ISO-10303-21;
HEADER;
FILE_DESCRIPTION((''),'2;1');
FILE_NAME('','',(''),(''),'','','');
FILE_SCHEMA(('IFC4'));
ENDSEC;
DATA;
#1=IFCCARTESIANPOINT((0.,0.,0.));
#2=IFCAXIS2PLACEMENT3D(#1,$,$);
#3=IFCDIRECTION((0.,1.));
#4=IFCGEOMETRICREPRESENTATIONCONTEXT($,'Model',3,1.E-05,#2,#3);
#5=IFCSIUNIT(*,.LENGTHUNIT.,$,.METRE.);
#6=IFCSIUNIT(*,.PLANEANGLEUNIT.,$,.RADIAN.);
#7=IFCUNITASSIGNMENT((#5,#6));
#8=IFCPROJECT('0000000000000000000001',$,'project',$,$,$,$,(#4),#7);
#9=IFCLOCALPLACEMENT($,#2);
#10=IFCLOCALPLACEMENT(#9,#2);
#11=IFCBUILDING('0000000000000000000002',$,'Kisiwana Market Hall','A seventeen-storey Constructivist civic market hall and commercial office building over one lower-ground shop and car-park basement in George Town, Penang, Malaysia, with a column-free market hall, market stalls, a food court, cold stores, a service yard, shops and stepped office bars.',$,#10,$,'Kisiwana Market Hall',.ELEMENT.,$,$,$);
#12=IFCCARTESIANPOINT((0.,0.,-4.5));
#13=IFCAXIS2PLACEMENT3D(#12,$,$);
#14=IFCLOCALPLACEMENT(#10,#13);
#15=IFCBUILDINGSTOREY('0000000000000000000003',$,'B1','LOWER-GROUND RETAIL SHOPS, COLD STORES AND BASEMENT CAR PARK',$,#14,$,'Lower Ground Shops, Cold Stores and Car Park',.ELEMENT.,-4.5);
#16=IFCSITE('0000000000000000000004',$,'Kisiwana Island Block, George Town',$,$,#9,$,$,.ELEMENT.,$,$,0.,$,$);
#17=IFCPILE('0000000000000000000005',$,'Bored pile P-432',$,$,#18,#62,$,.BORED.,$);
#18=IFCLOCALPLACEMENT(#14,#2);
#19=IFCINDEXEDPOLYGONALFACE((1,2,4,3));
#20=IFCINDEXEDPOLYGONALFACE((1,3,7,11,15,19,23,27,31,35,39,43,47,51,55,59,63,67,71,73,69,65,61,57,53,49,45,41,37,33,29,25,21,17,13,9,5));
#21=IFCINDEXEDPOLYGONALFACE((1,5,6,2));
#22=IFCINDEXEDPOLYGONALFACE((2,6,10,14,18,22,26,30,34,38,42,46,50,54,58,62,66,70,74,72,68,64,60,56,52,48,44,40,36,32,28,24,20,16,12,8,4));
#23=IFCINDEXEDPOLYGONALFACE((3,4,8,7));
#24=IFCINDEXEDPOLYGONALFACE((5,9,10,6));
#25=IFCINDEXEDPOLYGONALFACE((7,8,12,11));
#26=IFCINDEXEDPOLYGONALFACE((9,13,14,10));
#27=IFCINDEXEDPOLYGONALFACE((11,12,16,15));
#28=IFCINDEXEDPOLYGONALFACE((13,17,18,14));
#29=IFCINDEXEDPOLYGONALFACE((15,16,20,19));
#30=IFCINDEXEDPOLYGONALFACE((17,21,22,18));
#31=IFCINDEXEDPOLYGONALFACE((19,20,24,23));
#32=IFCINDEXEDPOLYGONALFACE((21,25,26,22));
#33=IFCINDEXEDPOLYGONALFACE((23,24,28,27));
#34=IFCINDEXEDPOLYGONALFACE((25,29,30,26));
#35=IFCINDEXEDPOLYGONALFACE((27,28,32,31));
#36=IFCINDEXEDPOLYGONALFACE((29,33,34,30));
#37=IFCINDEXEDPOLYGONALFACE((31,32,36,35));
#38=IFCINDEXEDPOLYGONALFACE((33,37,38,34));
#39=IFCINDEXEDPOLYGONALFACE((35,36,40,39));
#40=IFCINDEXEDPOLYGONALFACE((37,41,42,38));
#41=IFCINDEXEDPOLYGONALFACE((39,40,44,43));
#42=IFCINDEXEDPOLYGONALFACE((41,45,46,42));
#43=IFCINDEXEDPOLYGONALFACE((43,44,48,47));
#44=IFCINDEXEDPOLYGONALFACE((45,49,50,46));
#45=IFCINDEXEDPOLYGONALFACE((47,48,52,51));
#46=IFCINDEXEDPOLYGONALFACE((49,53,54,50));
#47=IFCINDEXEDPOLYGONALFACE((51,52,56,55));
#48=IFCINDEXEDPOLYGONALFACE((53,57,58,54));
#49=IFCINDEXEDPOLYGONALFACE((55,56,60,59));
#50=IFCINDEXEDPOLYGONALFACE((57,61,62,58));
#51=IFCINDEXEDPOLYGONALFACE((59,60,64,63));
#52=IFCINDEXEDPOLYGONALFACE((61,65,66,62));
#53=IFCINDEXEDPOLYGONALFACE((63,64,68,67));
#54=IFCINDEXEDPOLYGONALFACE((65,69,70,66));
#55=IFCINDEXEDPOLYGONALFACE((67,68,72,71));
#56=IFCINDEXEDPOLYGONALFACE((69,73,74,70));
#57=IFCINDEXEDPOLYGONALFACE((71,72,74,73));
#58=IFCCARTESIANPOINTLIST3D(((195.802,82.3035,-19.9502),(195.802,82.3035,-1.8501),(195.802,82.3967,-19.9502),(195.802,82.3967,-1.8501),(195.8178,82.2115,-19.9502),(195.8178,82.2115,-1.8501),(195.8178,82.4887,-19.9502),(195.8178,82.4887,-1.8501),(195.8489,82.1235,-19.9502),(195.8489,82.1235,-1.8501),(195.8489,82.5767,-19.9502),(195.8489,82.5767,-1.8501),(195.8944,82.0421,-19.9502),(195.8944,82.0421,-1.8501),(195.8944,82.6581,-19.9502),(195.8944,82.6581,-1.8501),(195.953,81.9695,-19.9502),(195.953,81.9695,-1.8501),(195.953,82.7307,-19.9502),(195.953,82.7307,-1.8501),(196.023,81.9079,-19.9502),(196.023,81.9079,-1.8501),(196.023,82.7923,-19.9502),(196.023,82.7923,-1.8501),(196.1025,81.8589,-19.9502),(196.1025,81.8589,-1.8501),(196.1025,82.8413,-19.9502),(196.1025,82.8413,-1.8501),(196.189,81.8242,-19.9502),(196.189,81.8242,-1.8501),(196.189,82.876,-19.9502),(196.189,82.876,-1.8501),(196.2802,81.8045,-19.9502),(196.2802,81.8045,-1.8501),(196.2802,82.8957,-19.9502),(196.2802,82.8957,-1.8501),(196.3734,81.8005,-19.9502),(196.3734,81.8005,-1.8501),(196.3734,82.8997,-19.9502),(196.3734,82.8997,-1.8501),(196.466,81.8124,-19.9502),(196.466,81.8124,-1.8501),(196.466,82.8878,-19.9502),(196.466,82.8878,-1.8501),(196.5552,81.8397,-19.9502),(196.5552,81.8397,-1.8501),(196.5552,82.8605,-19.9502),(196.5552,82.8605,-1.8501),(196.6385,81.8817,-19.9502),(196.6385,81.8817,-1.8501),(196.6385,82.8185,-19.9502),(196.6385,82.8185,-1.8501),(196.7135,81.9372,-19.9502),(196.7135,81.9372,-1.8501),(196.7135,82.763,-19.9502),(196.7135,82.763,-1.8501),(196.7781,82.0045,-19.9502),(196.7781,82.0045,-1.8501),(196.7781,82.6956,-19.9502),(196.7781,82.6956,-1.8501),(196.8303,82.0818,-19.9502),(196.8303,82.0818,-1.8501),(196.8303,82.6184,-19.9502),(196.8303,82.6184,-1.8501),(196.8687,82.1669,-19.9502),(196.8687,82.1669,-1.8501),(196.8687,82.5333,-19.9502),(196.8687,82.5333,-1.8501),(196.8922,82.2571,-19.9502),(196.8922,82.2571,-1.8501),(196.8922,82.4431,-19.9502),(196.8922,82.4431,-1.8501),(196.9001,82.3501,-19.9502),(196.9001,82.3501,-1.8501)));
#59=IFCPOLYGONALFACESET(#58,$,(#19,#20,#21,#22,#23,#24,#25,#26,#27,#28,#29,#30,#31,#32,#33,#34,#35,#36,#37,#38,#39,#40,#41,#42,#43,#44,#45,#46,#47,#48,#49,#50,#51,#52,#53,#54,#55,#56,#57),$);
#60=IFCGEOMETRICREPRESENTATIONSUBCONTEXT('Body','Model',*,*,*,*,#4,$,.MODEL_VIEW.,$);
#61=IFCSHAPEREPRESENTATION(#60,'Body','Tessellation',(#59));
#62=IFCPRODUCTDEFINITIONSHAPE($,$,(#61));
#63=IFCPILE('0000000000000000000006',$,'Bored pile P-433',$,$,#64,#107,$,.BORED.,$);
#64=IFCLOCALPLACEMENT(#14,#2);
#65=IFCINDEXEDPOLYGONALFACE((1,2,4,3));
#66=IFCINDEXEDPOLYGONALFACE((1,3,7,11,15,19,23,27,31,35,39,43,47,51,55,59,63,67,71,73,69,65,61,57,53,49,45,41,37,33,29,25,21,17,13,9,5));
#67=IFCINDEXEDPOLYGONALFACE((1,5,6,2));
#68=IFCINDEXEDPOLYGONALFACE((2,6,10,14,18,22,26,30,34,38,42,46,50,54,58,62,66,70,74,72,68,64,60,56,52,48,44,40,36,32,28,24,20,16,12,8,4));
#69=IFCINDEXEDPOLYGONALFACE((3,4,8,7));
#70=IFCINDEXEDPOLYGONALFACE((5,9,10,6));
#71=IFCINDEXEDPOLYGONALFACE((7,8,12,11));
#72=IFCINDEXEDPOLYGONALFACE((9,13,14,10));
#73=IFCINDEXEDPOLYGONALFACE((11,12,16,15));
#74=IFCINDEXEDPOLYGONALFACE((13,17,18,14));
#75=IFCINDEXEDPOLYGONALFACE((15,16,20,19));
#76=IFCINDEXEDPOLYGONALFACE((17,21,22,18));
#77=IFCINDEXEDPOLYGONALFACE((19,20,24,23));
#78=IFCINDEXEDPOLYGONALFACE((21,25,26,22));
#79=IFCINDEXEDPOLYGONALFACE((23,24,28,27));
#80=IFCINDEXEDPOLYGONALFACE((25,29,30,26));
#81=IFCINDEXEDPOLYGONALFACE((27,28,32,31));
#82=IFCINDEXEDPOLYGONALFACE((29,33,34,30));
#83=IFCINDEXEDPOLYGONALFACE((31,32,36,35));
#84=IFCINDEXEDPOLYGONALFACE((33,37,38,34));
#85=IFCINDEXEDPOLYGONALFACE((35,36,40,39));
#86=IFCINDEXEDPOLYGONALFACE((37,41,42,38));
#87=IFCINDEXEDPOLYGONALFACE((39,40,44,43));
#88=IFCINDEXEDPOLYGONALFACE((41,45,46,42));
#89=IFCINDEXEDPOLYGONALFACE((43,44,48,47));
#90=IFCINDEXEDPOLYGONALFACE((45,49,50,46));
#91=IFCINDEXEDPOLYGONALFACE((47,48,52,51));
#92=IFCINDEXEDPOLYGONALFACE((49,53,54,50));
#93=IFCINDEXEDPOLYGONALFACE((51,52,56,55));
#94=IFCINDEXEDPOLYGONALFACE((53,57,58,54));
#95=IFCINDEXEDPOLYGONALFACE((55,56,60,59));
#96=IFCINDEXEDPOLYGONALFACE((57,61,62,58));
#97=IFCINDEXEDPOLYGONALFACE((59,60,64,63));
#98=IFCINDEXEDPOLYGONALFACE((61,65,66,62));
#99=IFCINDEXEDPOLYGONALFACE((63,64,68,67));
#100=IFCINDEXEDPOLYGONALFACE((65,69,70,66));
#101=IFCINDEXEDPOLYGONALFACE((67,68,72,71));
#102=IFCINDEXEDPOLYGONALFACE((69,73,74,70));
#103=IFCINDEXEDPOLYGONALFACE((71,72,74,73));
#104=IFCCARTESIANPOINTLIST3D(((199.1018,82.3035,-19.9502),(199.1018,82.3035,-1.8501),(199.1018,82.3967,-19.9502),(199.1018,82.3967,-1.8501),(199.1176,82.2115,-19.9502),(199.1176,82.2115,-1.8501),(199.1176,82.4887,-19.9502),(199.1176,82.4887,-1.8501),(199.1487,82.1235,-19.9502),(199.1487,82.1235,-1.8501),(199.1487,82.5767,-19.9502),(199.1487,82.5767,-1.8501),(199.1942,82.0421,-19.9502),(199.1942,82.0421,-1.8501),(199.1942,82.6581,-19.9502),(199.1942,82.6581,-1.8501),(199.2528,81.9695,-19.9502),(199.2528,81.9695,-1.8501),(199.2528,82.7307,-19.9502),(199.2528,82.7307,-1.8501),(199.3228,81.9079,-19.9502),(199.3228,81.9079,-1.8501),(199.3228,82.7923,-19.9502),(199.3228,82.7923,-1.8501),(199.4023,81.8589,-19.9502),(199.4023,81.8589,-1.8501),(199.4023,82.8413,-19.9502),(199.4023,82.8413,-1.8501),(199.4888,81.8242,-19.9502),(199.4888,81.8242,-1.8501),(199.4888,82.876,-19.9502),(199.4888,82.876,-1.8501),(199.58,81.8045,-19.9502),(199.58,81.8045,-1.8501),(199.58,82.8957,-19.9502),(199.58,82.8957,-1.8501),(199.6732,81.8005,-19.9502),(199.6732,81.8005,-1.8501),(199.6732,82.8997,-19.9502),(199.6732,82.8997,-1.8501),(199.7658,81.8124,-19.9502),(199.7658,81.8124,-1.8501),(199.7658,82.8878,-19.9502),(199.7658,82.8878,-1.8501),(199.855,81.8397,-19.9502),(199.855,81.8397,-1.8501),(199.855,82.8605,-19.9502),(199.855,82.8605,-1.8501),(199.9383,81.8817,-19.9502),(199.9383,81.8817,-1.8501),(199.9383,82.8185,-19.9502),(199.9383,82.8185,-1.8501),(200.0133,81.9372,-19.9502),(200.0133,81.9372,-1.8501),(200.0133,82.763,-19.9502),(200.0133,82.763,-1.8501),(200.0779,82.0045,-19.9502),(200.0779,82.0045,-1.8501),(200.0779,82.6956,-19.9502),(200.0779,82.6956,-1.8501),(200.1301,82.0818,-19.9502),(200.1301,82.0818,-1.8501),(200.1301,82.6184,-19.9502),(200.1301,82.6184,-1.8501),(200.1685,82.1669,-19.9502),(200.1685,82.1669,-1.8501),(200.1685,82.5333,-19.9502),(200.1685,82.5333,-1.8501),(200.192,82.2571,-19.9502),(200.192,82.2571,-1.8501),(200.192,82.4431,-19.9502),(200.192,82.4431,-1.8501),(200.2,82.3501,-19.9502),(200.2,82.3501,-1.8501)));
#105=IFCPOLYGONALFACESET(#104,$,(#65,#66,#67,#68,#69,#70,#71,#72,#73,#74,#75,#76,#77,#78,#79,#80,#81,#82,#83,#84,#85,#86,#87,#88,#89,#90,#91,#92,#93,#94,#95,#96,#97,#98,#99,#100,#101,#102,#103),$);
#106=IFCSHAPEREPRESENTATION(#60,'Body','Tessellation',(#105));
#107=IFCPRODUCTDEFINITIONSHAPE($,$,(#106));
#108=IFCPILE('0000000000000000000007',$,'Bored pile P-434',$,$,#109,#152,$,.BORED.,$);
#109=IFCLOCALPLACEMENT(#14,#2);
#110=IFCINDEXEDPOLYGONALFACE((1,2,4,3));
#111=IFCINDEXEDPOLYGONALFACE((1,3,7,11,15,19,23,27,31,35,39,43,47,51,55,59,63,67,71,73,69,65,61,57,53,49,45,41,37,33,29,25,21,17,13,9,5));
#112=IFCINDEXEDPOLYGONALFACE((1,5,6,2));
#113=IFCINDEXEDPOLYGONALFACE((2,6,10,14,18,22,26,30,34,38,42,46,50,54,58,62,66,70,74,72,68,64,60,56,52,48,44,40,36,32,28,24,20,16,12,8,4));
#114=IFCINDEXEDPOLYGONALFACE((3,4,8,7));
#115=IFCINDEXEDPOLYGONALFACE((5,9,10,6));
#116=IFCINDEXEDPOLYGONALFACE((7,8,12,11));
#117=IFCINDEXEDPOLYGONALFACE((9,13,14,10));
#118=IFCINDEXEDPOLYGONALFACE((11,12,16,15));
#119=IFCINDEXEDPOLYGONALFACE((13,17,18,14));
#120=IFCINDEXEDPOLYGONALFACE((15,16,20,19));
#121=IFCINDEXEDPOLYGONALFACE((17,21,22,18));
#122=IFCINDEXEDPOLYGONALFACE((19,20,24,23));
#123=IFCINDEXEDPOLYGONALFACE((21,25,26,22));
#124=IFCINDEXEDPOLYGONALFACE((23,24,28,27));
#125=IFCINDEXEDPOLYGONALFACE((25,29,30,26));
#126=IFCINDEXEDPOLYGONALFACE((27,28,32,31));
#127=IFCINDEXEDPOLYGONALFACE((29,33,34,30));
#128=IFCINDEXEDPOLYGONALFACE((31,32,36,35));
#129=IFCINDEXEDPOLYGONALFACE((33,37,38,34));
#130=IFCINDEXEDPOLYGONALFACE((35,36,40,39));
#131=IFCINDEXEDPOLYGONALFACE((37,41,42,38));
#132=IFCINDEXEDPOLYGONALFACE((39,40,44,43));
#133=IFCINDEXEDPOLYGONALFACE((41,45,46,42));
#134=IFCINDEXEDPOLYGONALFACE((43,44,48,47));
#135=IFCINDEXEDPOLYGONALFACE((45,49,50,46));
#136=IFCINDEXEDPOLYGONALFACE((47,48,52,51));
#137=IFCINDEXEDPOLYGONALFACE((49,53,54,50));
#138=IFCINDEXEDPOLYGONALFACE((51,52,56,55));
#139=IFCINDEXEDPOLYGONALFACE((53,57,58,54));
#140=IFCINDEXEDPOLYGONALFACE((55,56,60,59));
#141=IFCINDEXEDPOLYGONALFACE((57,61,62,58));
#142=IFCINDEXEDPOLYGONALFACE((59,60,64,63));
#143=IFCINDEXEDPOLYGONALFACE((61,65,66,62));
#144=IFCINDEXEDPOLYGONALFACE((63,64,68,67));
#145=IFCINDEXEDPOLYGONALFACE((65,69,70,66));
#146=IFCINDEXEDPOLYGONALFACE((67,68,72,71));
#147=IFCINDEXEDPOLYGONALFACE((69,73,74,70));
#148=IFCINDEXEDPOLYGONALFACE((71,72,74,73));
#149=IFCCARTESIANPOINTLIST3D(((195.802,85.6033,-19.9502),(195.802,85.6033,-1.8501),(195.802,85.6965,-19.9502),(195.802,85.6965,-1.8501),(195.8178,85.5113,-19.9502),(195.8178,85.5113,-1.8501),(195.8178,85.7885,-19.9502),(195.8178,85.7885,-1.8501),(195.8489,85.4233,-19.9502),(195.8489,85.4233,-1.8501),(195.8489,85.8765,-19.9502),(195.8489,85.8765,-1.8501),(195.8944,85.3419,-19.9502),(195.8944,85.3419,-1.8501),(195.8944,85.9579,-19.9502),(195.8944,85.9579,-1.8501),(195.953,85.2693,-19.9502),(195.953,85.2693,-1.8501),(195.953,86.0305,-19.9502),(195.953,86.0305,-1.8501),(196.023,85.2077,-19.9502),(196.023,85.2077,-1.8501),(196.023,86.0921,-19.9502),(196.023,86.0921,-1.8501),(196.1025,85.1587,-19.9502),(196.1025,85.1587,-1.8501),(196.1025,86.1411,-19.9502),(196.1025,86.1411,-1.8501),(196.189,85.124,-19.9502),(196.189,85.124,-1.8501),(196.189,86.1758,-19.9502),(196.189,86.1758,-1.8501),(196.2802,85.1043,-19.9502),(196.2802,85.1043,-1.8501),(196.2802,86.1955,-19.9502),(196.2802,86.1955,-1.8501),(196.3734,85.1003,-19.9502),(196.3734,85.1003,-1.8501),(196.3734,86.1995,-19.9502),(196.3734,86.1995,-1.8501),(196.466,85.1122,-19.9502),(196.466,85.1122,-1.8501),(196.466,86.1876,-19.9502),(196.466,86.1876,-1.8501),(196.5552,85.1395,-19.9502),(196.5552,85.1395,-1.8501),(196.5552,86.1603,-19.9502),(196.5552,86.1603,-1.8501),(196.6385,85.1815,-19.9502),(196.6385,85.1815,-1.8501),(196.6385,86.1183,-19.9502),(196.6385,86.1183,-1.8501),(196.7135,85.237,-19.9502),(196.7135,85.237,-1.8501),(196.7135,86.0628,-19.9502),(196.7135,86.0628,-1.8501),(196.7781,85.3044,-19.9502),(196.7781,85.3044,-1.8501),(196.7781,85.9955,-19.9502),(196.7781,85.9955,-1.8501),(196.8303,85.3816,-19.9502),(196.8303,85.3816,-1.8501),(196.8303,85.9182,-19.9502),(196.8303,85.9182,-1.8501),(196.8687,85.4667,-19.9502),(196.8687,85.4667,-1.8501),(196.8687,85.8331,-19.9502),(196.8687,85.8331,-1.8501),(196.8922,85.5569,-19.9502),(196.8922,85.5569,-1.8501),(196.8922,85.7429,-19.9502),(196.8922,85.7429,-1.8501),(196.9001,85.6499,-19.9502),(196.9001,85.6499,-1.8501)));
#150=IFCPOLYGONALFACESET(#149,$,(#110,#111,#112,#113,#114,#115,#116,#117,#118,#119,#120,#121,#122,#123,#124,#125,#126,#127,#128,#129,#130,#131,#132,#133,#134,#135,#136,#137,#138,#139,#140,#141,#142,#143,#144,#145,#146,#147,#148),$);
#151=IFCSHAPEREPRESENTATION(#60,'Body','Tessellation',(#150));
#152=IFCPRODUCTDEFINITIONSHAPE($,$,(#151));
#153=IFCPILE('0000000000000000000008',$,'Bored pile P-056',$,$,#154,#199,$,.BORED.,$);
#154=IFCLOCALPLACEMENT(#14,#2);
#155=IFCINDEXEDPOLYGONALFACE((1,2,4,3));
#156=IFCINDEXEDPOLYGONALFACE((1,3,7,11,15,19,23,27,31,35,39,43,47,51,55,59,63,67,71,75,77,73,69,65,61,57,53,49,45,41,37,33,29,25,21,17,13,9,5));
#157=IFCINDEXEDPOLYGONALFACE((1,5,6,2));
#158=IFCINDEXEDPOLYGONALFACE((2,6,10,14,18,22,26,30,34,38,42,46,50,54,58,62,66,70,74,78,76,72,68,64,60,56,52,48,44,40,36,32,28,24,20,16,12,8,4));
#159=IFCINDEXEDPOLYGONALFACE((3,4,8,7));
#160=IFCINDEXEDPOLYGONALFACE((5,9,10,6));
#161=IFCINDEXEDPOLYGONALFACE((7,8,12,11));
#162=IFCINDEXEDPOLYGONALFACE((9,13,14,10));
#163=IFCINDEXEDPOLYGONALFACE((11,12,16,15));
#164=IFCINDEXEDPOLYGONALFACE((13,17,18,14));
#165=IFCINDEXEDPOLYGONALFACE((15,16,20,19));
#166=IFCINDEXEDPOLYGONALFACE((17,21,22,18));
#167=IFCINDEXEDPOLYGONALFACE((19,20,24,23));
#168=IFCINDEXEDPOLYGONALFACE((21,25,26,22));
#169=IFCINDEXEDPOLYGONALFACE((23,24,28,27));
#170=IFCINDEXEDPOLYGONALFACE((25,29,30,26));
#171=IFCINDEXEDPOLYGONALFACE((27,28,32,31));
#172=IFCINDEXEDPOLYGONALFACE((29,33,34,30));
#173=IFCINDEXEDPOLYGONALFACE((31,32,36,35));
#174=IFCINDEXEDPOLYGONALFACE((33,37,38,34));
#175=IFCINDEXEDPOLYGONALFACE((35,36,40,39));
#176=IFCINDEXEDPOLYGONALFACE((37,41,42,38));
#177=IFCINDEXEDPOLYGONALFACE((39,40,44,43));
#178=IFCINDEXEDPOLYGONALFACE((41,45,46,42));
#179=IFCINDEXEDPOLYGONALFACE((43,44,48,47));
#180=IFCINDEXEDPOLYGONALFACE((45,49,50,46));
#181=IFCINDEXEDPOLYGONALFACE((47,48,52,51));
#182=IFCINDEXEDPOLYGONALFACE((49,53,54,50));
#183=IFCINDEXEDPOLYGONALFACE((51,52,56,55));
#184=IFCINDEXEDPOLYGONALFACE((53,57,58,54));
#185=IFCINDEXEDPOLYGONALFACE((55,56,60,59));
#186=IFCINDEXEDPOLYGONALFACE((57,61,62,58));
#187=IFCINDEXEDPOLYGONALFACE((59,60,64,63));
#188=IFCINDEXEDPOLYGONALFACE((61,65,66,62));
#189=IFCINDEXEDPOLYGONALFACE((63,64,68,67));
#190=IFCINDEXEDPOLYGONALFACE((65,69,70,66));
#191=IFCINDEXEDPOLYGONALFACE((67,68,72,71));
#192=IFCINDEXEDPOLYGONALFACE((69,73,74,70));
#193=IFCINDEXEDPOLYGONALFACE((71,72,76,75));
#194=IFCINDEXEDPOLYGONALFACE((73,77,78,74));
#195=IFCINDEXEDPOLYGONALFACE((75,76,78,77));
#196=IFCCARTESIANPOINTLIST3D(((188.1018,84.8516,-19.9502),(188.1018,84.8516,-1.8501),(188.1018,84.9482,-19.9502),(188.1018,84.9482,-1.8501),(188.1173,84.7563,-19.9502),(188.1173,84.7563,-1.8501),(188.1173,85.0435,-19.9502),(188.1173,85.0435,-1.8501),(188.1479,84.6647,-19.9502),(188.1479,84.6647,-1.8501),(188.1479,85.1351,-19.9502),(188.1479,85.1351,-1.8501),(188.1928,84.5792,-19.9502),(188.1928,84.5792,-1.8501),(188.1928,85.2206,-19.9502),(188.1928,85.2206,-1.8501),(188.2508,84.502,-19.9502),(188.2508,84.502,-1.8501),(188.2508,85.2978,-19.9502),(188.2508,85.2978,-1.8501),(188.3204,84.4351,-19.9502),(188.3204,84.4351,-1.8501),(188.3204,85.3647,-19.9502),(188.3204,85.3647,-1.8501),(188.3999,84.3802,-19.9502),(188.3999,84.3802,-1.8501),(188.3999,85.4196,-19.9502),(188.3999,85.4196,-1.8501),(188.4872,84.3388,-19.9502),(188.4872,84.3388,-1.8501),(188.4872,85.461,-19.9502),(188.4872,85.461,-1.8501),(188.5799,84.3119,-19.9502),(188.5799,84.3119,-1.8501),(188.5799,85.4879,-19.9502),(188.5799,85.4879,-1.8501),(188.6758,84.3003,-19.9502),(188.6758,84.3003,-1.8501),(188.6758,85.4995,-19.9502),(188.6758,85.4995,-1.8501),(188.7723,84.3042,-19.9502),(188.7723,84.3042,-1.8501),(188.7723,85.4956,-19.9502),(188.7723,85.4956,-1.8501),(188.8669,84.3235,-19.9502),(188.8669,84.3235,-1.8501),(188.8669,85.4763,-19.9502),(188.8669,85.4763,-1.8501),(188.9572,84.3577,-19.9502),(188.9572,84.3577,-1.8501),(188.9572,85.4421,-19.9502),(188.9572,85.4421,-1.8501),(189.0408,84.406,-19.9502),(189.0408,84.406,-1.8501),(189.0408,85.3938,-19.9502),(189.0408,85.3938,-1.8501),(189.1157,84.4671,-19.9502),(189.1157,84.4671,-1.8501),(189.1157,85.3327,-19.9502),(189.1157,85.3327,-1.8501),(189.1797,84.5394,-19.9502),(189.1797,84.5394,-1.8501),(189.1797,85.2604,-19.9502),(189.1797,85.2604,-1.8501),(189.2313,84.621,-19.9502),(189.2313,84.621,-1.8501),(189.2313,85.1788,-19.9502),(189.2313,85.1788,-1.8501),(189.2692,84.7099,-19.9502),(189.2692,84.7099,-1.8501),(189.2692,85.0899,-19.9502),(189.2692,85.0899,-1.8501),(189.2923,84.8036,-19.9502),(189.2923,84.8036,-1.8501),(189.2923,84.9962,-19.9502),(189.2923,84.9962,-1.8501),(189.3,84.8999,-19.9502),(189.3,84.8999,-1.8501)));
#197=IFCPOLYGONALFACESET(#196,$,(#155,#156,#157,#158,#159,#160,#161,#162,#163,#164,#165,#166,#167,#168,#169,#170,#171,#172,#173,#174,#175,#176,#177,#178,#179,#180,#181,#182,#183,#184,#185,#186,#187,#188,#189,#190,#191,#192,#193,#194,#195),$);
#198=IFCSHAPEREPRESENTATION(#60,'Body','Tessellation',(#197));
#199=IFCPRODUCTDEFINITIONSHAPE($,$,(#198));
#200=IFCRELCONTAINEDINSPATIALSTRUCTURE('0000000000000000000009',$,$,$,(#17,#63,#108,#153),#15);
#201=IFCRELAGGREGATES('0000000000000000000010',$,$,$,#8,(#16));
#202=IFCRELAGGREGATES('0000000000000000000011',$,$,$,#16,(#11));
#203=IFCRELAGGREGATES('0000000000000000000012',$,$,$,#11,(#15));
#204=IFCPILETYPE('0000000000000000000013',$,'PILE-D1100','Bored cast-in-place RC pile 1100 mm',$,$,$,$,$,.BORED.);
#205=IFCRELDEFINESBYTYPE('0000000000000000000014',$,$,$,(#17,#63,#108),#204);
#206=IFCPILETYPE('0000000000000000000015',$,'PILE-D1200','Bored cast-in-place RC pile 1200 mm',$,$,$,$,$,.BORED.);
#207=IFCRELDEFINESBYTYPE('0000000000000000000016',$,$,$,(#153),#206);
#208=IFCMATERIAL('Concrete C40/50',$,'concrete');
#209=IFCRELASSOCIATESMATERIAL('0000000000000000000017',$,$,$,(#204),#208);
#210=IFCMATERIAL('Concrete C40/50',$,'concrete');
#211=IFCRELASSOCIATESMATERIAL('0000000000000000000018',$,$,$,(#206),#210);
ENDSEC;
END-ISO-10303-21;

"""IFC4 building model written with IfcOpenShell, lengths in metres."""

from ifc_helpers import new_model, si_unit, direction, frame, origin, origin_2d, place, context, subcontext, project, spatial, circle, extrude, material, material_profile, profile_set, type_object, element, save


model = new_model("IFC4")

# Units and contexts
model_context = context("Model", 3, precision=1e-05, world=origin(), true_north=direction((0.0, 1.0)))
body_context = subcontext(model_context, "Body", "Model", "MODEL_VIEW")
ifc_project = project(units=[si_unit("LENGTHUNIT", "METRE"), si_unit("PLANEANGLEUNIT", "RADIAN")], contexts=[model_context])

# Site, building, storey
site_placement = place(None, origin())
site = spatial("IfcSite", under=ifc_project, at=site_placement, Name="Kisiwana Island Block, George Town", CompositionType="ELEMENT", RefElevation=0.0)
building_placement = place(site_placement, origin())
building = spatial("IfcBuilding", under=site, at=building_placement, Name="Kisiwana Market Hall", Description="A seventeen-storey Constructivist civic market hall and commercial office building over one lower-ground shop and car-park basement in George Town, Penang, Malaysia, with a column-free market hall, market stalls, a food court, cold stores, a service yard, shops and stepped office bars.", LongName="Kisiwana Market Hall", CompositionType="ELEMENT")
storey_placement = place(building_placement, frame((0.0, 0.0, -4.5)))
storey = spatial("IfcBuildingStorey", under=building, at=storey_placement, Name="B1", Description="LOWER-GROUND RETAIL SHOPS, COLD STORES AND BASEMENT CAR PARK", LongName="Lower Ground Shops, Cold Stores and Car Park", CompositionType="ELEMENT", Elevation=-4.5)

# Piles
ifc_material_1 = material(Name="Concrete C40/50", Category="concrete")
ifc_material_profile_1 = material_profile(ifc_material_1, circle(Radius=0.55, at=origin_2d()), Name="BP D1100")
ifc_profile_set_1 = profile_set([ifc_material_profile_1], Name="Concrete C40/50")
pile_type_1 = type_object("IfcPileType", Name="PILE-D1100", Description="Bored cast-in-place RC pile 1100 mm", PredefinedType="BORED", material=ifc_profile_set_1)
for number, where, z_axis, x_axis, name in (
    (1, (196.3501, 82.3501, -1.8501), (0.0, 0.0, -1.0), (1.0, 0.0, 0.0), "Bored pile P-432"),
    (2, (199.6499, 82.3501, -1.8501), (0.0, 0.0, -1.0), (1.0, 0.0, 0.0), "Bored pile P-433"),
    (3, (196.3501, 85.6499, -1.8501), (0.0, 0.0, -1.0), (1.0, 0.0, 0.0), "Bored pile P-434"),
):
    element("IfcPile", number, at=place(storey_placement, frame(where, z_axis=z_axis, x_axis=x_axis)), inside=storey, type_object=pile_type_1, Name=name, PredefinedType="BORED", context=body_context, shape_type="SweptSolid", body=[
        extrude(circle(Radius=0.55, at=origin_2d()), origin(), (0.0, 0.0, 1.0), 18.1001),
    ])
ifc_material_2 = material(Name="Concrete C40/50", Category="concrete")
ifc_material_profile_2 = material_profile(ifc_material_2, circle(Radius=0.6001, at=origin_2d()), Name="BP D1200")
ifc_profile_set_2 = profile_set([ifc_material_profile_2], Name="Concrete C40/50")
pile_type_2 = type_object("IfcPileType", Name="PILE-D1200", Description="Bored cast-in-place RC pile 1200 mm", PredefinedType="BORED", material=ifc_profile_set_2)
for number, where, z_axis, x_axis, name in (
    (4, (188.7, 84.8999, -1.8501), (0.0, 0.0, -1.0), (1.0, 0.0, 0.0), "Bored pile P-056"),
):
    element("IfcPile", number, at=place(storey_placement, frame(where, z_axis=z_axis, x_axis=x_axis)), inside=storey, type_object=pile_type_2, Name=name, PredefinedType="BORED", context=body_context, shape_type="SweptSolid", body=[
        extrude(circle(Radius=0.6001, at=origin_2d()), origin(), (0.0, 0.0, 1.0), 18.1001),
    ])

save(model, "model.ifc")
